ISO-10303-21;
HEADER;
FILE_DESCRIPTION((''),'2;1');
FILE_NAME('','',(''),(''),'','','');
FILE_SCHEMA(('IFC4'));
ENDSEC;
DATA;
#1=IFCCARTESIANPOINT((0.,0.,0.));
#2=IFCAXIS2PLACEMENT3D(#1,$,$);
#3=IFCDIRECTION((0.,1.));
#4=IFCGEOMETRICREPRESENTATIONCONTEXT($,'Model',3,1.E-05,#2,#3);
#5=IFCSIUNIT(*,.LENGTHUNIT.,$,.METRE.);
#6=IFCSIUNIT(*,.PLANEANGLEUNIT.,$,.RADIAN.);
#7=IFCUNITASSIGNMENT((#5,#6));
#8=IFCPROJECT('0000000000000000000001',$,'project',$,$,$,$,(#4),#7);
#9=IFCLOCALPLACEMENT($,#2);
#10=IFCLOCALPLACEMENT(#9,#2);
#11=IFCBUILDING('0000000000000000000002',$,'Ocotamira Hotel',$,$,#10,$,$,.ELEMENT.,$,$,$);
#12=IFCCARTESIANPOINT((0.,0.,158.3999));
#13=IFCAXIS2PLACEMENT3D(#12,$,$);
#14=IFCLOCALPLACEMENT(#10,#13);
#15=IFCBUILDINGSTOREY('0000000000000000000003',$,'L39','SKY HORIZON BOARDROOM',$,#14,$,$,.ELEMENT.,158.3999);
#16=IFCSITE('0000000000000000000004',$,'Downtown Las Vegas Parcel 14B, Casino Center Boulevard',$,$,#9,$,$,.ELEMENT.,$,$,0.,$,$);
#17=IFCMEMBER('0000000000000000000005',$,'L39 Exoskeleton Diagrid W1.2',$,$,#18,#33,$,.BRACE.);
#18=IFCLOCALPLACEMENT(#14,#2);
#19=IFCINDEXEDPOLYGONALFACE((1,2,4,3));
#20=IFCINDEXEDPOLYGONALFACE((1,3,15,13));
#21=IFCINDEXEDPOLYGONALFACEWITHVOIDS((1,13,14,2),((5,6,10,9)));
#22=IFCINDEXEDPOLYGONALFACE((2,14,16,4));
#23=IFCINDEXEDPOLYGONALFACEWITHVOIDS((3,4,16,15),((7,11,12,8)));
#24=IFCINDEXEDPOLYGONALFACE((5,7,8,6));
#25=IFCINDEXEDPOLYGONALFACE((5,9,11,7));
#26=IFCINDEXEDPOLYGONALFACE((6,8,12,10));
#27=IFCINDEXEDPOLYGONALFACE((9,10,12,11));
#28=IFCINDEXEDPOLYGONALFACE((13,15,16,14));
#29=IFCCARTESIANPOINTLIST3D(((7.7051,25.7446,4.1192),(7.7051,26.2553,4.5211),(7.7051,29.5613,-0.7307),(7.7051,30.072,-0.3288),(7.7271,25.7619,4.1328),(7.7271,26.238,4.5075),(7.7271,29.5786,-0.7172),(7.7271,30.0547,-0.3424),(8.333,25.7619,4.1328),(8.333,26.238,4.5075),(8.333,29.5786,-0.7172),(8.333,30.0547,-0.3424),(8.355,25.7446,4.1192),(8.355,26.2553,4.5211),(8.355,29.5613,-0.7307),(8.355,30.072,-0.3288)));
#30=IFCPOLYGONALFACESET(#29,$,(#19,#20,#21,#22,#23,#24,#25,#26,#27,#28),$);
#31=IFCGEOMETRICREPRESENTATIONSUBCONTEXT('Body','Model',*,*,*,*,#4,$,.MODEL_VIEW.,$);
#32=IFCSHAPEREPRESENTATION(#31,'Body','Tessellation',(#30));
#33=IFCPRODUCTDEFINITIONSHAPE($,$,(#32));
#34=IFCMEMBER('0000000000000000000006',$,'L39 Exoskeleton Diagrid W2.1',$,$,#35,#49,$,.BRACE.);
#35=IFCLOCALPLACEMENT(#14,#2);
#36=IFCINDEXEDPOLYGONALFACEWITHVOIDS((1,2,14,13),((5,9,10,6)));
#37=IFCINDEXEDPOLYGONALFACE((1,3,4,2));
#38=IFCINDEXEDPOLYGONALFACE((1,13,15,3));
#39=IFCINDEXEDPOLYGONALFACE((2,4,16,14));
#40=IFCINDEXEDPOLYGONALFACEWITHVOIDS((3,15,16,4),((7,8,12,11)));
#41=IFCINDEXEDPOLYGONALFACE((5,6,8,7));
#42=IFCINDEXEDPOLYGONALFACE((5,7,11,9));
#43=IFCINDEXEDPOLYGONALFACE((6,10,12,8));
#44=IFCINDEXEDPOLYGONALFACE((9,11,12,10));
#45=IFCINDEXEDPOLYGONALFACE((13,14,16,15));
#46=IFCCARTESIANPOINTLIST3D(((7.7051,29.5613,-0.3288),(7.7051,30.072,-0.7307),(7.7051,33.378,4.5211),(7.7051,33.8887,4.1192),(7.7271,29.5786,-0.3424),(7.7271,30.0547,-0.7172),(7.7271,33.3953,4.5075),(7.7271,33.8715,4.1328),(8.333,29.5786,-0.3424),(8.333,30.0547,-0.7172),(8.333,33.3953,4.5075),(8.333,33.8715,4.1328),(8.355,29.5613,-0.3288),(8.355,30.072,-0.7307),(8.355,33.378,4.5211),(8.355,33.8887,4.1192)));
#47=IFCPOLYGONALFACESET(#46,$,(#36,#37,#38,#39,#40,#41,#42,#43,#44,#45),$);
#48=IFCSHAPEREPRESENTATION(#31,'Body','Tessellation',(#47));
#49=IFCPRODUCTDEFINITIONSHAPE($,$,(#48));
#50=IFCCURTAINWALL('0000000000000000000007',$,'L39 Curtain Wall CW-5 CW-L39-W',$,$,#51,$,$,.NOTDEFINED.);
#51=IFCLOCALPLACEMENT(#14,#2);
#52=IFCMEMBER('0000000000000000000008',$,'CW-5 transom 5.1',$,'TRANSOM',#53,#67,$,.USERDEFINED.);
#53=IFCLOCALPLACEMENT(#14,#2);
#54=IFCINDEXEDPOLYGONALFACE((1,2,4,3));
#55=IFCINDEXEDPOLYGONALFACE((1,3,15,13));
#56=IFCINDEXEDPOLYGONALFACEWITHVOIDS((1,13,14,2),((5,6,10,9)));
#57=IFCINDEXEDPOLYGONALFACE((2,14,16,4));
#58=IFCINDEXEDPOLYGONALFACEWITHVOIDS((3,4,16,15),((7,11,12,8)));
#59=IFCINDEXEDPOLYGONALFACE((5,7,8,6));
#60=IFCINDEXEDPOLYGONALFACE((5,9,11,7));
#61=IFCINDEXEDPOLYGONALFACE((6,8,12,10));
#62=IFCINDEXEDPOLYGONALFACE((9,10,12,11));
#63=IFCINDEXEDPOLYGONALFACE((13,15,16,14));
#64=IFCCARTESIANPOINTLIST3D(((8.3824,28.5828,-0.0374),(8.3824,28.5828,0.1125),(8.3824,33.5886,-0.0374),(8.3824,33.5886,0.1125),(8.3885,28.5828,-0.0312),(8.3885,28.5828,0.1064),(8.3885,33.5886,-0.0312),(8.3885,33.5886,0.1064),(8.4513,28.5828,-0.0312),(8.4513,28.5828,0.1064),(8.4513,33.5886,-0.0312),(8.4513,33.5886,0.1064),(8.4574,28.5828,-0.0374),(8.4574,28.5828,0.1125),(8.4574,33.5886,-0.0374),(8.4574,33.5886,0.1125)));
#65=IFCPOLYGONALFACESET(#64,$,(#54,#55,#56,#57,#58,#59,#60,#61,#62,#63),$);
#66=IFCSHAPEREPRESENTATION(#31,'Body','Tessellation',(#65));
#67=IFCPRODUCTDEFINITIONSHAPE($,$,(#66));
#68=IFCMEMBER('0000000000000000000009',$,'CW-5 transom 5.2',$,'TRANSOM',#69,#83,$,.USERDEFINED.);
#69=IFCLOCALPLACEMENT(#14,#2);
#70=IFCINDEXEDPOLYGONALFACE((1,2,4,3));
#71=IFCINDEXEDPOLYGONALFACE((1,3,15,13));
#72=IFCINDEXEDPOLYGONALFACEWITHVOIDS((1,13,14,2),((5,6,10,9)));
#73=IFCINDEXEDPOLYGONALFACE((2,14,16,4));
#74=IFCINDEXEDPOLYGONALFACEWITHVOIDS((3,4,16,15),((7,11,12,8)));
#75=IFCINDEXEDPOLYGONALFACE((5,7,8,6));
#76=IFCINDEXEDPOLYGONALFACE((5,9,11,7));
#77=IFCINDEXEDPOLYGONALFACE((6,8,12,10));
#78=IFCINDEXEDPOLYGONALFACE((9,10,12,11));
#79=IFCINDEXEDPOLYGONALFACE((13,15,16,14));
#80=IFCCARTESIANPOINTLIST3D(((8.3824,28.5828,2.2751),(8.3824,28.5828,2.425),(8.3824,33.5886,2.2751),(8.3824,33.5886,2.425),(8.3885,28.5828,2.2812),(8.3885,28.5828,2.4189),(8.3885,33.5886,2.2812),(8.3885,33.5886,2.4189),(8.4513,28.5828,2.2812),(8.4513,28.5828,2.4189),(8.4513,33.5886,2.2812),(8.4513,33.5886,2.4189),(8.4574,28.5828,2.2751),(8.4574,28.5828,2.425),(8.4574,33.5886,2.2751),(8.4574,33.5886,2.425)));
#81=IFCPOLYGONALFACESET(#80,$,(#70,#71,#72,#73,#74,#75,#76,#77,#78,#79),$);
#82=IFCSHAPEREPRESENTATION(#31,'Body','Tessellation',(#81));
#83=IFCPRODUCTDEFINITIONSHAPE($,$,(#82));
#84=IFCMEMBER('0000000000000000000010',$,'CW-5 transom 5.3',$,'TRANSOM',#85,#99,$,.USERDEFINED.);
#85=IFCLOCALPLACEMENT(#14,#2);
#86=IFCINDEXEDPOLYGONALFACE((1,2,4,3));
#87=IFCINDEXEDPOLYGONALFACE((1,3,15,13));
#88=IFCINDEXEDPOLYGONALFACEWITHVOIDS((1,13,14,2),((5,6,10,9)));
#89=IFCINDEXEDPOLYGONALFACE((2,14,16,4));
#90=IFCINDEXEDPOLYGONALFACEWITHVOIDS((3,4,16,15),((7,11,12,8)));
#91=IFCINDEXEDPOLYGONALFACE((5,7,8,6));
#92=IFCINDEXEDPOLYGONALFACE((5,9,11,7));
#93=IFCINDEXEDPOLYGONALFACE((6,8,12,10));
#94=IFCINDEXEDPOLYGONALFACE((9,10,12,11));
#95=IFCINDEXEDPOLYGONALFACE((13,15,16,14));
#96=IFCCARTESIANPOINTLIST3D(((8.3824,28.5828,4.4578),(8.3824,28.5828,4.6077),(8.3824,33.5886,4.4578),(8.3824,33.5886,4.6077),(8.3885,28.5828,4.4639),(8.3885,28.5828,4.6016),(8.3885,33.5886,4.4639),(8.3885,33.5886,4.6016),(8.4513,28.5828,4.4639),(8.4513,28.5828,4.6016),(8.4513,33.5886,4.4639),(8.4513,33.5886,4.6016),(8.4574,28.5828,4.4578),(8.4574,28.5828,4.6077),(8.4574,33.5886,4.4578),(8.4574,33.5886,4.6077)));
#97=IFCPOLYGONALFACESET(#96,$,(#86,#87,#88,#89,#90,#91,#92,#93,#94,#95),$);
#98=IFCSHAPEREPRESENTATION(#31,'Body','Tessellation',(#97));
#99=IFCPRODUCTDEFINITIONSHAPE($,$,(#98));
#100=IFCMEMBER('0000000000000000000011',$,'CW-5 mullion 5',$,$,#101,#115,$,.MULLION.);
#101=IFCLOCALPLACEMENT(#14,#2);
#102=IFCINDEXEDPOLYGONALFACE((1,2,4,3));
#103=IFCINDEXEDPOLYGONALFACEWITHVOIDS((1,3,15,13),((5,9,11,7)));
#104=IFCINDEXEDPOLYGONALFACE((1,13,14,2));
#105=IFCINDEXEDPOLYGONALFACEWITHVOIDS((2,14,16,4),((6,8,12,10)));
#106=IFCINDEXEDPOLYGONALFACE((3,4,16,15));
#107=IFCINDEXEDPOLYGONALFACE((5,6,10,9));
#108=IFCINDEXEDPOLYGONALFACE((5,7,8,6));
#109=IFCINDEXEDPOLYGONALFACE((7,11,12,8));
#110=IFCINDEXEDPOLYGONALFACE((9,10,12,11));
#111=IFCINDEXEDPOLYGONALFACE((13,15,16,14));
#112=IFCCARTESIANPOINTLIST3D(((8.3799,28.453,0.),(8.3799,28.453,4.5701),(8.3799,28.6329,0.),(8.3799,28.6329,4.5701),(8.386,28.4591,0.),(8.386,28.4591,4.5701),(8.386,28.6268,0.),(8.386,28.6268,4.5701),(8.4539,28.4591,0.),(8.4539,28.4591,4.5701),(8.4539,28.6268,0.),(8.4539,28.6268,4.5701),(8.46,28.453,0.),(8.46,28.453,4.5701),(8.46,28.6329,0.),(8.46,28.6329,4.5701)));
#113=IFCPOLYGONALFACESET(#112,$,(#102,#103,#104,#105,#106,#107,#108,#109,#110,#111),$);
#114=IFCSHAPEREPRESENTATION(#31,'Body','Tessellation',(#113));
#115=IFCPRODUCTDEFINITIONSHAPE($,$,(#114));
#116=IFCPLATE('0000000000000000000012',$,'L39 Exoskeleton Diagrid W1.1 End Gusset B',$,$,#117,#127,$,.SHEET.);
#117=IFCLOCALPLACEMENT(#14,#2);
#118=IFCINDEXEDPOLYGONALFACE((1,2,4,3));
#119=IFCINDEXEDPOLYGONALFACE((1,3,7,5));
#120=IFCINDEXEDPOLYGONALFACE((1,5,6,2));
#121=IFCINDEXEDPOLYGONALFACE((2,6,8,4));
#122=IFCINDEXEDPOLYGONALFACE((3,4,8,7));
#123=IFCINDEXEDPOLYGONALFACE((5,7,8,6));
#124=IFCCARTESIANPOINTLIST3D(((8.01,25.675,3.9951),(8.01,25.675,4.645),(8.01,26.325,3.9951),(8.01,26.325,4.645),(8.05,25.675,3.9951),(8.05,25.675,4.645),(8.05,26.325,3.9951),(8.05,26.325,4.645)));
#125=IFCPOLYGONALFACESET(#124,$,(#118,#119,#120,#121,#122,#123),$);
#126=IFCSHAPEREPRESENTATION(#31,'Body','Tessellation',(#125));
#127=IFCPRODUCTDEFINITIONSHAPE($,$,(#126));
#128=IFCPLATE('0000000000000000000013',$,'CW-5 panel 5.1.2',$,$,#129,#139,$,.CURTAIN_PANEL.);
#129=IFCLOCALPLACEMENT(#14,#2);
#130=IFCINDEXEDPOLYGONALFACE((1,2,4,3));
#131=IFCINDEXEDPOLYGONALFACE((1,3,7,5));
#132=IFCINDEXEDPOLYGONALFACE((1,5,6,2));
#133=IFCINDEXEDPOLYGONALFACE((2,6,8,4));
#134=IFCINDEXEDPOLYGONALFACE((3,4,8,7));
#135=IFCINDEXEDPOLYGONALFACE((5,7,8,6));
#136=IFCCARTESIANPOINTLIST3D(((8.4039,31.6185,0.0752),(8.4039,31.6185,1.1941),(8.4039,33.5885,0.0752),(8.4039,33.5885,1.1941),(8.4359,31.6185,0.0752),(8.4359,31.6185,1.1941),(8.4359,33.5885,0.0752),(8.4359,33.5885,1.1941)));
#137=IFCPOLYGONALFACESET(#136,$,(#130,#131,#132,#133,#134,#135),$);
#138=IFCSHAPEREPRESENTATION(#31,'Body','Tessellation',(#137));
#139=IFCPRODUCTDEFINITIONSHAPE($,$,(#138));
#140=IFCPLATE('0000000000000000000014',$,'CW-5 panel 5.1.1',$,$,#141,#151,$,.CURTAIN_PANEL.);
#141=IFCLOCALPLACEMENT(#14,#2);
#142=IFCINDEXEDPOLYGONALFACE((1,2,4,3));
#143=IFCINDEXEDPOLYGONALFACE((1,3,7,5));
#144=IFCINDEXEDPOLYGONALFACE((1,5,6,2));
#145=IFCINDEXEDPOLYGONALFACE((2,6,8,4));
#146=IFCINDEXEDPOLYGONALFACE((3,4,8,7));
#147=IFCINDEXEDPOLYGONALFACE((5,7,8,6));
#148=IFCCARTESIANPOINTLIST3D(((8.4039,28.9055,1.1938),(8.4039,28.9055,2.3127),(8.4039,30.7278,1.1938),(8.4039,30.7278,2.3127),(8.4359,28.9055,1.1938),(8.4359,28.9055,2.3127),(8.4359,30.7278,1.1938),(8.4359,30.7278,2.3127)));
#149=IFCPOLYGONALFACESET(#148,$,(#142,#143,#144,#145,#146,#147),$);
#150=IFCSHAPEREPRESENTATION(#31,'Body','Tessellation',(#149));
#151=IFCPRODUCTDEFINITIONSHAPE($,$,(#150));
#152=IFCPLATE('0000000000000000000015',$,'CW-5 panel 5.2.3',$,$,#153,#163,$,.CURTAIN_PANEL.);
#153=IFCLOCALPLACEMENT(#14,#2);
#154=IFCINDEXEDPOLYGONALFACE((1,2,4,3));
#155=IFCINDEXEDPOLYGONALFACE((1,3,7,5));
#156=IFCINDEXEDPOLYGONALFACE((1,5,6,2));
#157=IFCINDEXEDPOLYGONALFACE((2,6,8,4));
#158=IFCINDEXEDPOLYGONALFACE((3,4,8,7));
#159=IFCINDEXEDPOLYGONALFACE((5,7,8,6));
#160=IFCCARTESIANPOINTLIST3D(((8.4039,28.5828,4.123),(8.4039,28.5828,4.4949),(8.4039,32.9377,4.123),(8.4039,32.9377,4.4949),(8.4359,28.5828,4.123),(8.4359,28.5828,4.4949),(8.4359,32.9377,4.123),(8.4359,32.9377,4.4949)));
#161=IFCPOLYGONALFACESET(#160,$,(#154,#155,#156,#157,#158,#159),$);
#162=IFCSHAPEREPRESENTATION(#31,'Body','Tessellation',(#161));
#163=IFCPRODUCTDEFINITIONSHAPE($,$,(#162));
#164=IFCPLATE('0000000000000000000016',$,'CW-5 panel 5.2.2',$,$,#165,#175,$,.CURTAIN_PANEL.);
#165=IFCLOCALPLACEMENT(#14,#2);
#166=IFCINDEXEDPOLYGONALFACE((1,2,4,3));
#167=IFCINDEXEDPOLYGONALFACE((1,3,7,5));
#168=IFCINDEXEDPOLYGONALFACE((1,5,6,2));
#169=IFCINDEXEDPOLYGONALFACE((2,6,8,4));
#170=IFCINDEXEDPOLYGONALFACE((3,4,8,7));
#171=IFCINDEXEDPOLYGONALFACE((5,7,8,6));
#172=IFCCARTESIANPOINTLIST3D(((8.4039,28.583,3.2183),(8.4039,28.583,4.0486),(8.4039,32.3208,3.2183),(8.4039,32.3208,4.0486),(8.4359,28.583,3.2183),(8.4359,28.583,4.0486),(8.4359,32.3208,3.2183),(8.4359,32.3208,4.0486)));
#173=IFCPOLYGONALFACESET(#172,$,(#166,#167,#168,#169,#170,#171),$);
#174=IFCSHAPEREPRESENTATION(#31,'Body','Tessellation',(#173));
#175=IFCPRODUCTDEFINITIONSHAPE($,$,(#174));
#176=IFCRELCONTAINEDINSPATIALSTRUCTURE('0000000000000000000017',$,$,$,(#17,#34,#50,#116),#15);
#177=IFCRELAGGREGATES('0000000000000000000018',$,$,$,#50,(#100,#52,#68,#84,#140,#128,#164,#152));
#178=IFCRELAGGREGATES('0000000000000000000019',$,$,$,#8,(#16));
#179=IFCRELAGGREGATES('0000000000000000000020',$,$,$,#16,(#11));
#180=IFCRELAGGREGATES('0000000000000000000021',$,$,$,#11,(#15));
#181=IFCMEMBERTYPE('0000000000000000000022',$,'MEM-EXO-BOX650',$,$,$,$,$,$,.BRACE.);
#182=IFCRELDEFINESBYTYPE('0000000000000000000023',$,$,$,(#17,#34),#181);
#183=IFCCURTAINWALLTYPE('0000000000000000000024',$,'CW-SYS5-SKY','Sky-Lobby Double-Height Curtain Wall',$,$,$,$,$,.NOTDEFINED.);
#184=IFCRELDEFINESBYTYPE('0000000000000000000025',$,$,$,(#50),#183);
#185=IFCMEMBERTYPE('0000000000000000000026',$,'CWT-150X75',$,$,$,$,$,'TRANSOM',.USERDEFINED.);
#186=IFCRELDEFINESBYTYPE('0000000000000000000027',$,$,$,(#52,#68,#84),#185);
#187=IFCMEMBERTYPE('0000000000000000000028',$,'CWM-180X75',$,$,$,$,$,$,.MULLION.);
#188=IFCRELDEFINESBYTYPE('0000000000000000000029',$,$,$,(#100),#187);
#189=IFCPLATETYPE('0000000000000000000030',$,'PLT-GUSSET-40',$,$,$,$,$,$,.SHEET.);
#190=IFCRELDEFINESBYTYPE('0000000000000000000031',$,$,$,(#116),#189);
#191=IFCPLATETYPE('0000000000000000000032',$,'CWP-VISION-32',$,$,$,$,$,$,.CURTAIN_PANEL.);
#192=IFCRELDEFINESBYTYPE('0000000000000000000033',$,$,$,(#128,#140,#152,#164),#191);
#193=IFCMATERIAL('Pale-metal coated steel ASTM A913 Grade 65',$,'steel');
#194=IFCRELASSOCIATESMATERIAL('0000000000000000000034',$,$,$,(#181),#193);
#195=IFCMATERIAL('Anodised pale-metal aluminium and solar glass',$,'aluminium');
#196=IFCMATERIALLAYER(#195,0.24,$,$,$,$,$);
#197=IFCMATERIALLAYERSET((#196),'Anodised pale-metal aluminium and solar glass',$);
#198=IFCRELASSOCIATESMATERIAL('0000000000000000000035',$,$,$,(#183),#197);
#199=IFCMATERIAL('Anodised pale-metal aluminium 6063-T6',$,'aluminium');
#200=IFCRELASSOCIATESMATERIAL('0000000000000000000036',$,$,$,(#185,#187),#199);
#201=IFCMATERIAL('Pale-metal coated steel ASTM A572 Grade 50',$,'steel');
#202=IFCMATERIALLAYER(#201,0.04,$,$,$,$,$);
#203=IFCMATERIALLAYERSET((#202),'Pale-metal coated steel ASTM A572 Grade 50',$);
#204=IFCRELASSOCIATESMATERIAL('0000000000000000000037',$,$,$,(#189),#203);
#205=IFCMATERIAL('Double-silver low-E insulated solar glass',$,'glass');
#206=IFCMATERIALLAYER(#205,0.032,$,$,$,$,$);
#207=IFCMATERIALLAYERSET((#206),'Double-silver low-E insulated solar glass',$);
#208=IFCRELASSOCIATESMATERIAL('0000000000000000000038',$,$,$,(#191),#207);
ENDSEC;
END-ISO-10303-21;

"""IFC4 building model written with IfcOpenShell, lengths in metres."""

from ifc_helpers import new_model, si_unit, direction, frame, origin, origin_2d, place, context, subcontext, project, spatial, rectangle, hollow_rectangle, extrude, source, transform, mapped, material, layer, layer_set, material_profile, profile_set, type_object, element, aggregate, save


model = new_model("IFC4")

# Units and contexts
model_context = context("Model", 3, precision=1e-05, world=origin(), true_north=direction((0.0, 1.0)))
body_context = subcontext(model_context, "Body", "Model", "MODEL_VIEW")
ifc_project = project(units=[si_unit("LENGTHUNIT", "METRE"), si_unit("PLANEANGLEUNIT", "RADIAN")], contexts=[model_context])

# Site, building, storey
site_placement = place(None, origin())
site = spatial("IfcSite", under=ifc_project, at=site_placement, Name="Downtown Las Vegas Parcel 14B, Casino Center Boulevard", CompositionType="ELEMENT", RefElevation=0.0)
building_placement = place(site_placement, origin())
building = spatial("IfcBuilding", under=site, at=building_placement, Name="Ocotamira Hotel", CompositionType="ELEMENT")
storey_placement = place(building_placement, frame((0.0, 0.0, 158.3999)))
storey = spatial("IfcBuildingStorey", under=building, at=storey_placement, Name="L39", Description="SKY HORIZON BOARDROOM", CompositionType="ELEMENT", Elevation=158.3999)

# Members
ifc_material_1 = material(Name="Pale-metal coated steel ASTM A913 Grade 65", Category="steel")
ifc_material_profile_1 = material_profile(ifc_material_1, hollow_rectangle(XDim=0.6499, YDim=0.6499, WallThickness=0.022, at=origin_2d()), Name="BOX650X650X22")
ifc_profile_set_1 = profile_set([ifc_material_profile_1], Name="Pale-metal coated steel ASTM A913 Grade 65")
member_type_1 = type_object("IfcMemberType", Name="MEM-EXO-BOX650", PredefinedType="BRACE", material=ifc_profile_set_1)
shared_shape_1 = source(origin(), body_context, "Body", "SweptSolid", [
    extrude(hollow_rectangle(XDim=0.6499, YDim=0.6499, WallThickness=0.022, at=origin_2d()), origin(), (0.0, 0.0, 1.0), 6.1716),
])
for number, where, z_axis, x_axis, name in (
    (1, (8.03, 29.8167, -0.5298), (0.0, -0.618428, 0.785842), (1.0, 0.0, 0.0), "L39 Exoskeleton Diagrid W1.2"),
    (2, (8.03, 29.8167, -0.5298), (0.0, 0.618428, 0.785842), (-1.0, 0.0, 0.0), "L39 Exoskeleton Diagrid W2.1"),
):
    element("IfcMember", number, at=place(storey_placement, frame(where, z_axis=z_axis, x_axis=x_axis)), inside=storey, type_object=member_type_1, Name=name, PredefinedType="BRACE", context=body_context, shape_type="MappedRepresentation", body=[
        mapped(shared_shape_1, transform((0.0, 0.0, 0.0), scale=1.0)),
    ])

# Curtain wall, members
ifc_material_2 = material(Name="Anodised pale-metal aluminium and solar glass", Category="aluminium")
ifc_layer_1 = layer(ifc_material_2, 0.24)
ifc_layer_set_1 = layer_set([ifc_layer_1], Name="Anodised pale-metal aluminium and solar glass")
curtain_wall_type = type_object("IfcCurtainWallType", Name="CW-SYS5-SKY", Description="Sky-Lobby Double-Height Curtain Wall", PredefinedType="NOTDEFINED", material=ifc_layer_set_1)
curtain_wall_placement = place(storey_placement, origin())
curtain_wall = element("IfcCurtainWall", 3, at=curtain_wall_placement, inside=storey, type_object=curtain_wall_type, Name="L39 Curtain Wall CW-5 CW-L39-W", PredefinedType="NOTDEFINED")
ifc_material_3 = material(Name="Anodised pale-metal aluminium 6063-T6", Category="aluminium")
ifc_material_profile_2 = material_profile(ifc_material_3, hollow_rectangle(XDim=0.075, YDim=0.1499, WallThickness=0.0061, at=origin_2d()), Name="HSS150X75X6")
ifc_profile_set_2 = profile_set([ifc_material_profile_2], Name="Anodised pale-metal aluminium 6063-T6")
member_type_2 = type_object("IfcMemberType", Name="CWT-150X75", ElementType="TRANSOM", PredefinedType="USERDEFINED", material=ifc_profile_set_2)
shared_shape_2 = source(origin(), body_context, "Body", "SweptSolid", [
    extrude(hollow_rectangle(XDim=0.075, YDim=0.1499, WallThickness=0.0061, at=origin_2d()), origin(), (0.0, 0.0, 1.0), 5.0059),
])
member_1_placement = place(storey_placement, frame((8.4199, 28.5828, 0.0376), z_axis=(0.0, 1.0, 0.0), x_axis=(-1.0, 0.0, 0.0)))
member_1 = element("IfcMember", 4, at=member_1_placement, type_object=member_type_2, Name="CW-5 transom 5.1", ObjectType="TRANSOM", PredefinedType="USERDEFINED", context=body_context, shape_type="MappedRepresentation", body=[
    mapped(shared_shape_2, transform((0.0, 0.0, 0.0), scale=1.0)),
])
member_2_placement = place(storey_placement, frame((8.4199, 28.5828, 2.3501), z_axis=(0.0, 1.0, 0.0), x_axis=(-1.0, 0.0, 0.0)))
member_2 = element("IfcMember", 5, at=member_2_placement, type_object=member_type_2, Name="CW-5 transom 5.2", ObjectType="TRANSOM", PredefinedType="USERDEFINED", context=body_context, shape_type="MappedRepresentation", body=[
    mapped(shared_shape_2, transform((0.0, 0.0, 0.0), scale=1.0)),
])
member_3_placement = place(storey_placement, frame((8.4199, 28.5828, 4.5327), z_axis=(0.0, 1.0, 0.0), x_axis=(-1.0, 0.0, 0.0)))
member_3 = element("IfcMember", 6, at=member_3_placement, type_object=member_type_2, Name="CW-5 transom 5.3", ObjectType="TRANSOM", PredefinedType="USERDEFINED", context=body_context, shape_type="MappedRepresentation", body=[
    mapped(shared_shape_2, transform((0.0, 0.0, 0.0), scale=1.0)),
])
ifc_material_profile_3 = material_profile(ifc_material_3, hollow_rectangle(XDim=0.0801, YDim=0.1799, WallThickness=0.0061, at=origin_2d()), Name="HSS180X80X6")
ifc_profile_set_3 = profile_set([ifc_material_profile_3], Name="Anodised pale-metal aluminium 6063-T6")
member_type_3 = type_object("IfcMemberType", Name="CWM-180X75", PredefinedType="MULLION", material=ifc_profile_set_3)
shared_shape_3 = source(origin(), body_context, "Body", "SweptSolid", [
    extrude(hollow_rectangle(XDim=0.0801, YDim=0.1799, WallThickness=0.0061, at=origin_2d()), origin(), (0.0, 0.0, 1.0), 4.5701),
])
member_4_placement = place(storey_placement, frame((8.4199, 28.543, 0.0), z_axis=(0.0, 0.0, 1.0), x_axis=(-1.0, 0.0, 0.0)))
member_4 = element("IfcMember", 7, at=member_4_placement, type_object=member_type_3, Name="CW-5 mullion 5", PredefinedType="MULLION", context=body_context, shape_type="MappedRepresentation", body=[
    mapped(shared_shape_3, transform((0.0, 0.0, 0.0), scale=1.0)),
])

# Plates
ifc_material_4 = material(Name="Pale-metal coated steel ASTM A572 Grade 50", Category="steel")
ifc_layer_2 = layer(ifc_material_4, 0.04)
ifc_layer_set_2 = layer_set([ifc_layer_2], Name="Pale-metal coated steel ASTM A572 Grade 50")
plate_type_1 = type_object("IfcPlateType", Name="PLT-GUSSET-40", PredefinedType="SHEET", material=ifc_layer_set_2)
shared_shape_4 = source(origin(), body_context, "Body", "SweptSolid", [
    extrude(rectangle(XDim=0.04, YDim=0.6499, at=origin_2d()), origin(), (0.0, 0.0, 1.0), 0.6499),
])
plate_1_placement = place(storey_placement, frame((8.03, 26.0, 3.9951), z_axis=(0.0, 0.0, 1.0), x_axis=(1.0, 0.0, 0.0)))
element("IfcPlate", 8, at=plate_1_placement, inside=storey, type_object=plate_type_1, Name="L39 Exoskeleton Diagrid W1.1 End Gusset B", PredefinedType="SHEET", context=body_context, shape_type="MappedRepresentation", body=[
    mapped(shared_shape_4, transform((0.0, 0.0, 0.0), scale=1.0)),
])
ifc_material_5 = material(Name="Double-silver low-E insulated solar glass", Category="glass")
ifc_layer_3 = layer(ifc_material_5, 0.032)
ifc_layer_set_3 = layer_set([ifc_layer_3], Name="Double-silver low-E insulated solar glass")
plate_type_2 = type_object("IfcPlateType", Name="CWP-VISION-32", PredefinedType="CURTAIN_PANEL", material=ifc_layer_set_3)
shared_shape_5 = source(origin(), body_context, "Body", "SweptSolid", [
    extrude(rectangle(XDim=1.97, YDim=0.032, at=origin_2d()), origin(), (0.0, 0.0, 1.0), 1.1189),
])
plate_2_placement = place(storey_placement, frame((8.4199, 32.6035, 0.0752), z_axis=(0.0, 0.0, 1.0), x_axis=(0.0, 1.0, 0.0)))
plate_2 = element("IfcPlate", 9, at=plate_2_placement, type_object=plate_type_2, Name="CW-5 panel 5.1.2", PredefinedType="CURTAIN_PANEL", context=body_context, shape_type="MappedRepresentation", body=[
    mapped(shared_shape_5, transform((0.0, 0.0, 0.0), scale=1.0)),
])
shared_shape_6 = source(origin(), body_context, "Body", "SweptSolid", [
    extrude(rectangle(XDim=1.8223, YDim=0.032, at=origin_2d()), origin(), (0.0, 0.0, 1.0), 1.1189),
])
plate_3_placement = place(storey_placement, frame((8.4199, 29.8167, 1.1938), z_axis=(0.0, 0.0, 1.0), x_axis=(0.0, 1.0, 0.0)))
plate_3 = element("IfcPlate", 10, at=plate_3_placement, type_object=plate_type_2, Name="CW-5 panel 5.1.1", PredefinedType="CURTAIN_PANEL", context=body_context, shape_type="MappedRepresentation", body=[
    mapped(shared_shape_6, transform((0.0, 0.0, 0.0), scale=1.0)),
])
shared_shape_7 = source(origin(), body_context, "Body", "SweptSolid", [
    extrude(rectangle(XDim=4.355, YDim=0.032, at=origin_2d()), origin(), (0.0, 0.0, 1.0), 0.3718),
])
plate_4_placement = place(storey_placement, frame((8.4199, 30.7603, 4.123), z_axis=(0.0, 0.0, 1.0), x_axis=(0.0, 1.0, 0.0)))
plate_4 = element("IfcPlate", 11, at=plate_4_placement, type_object=plate_type_2, Name="CW-5 panel 5.2.3", PredefinedType="CURTAIN_PANEL", context=body_context, shape_type="MappedRepresentation", body=[
    mapped(shared_shape_7, transform((0.0, 0.0, 0.0), scale=1.0)),
])
shared_shape_8 = source(origin(), body_context, "Body", "SweptSolid", [
    extrude(rectangle(XDim=3.7378, YDim=0.032, at=origin_2d()), origin(), (0.0, 0.0, 1.0), 0.8303),
])
plate_5_placement = place(storey_placement, frame((8.4199, 30.4519, 3.2183), z_axis=(0.0, 0.0, 1.0), x_axis=(0.0, 1.0, 0.0)))
plate_5 = element("IfcPlate", 12, at=plate_5_placement, type_object=plate_type_2, Name="CW-5 panel 5.2.2", PredefinedType="CURTAIN_PANEL", context=body_context, shape_type="MappedRepresentation", body=[
    mapped(shared_shape_8, transform((0.0, 0.0, 0.0), scale=1.0)),
])
aggregate(curtain_wall, [member_4, member_1, member_2, member_3, plate_3, plate_2, plate_5, plate_4])

save(model, "model.ifc")
